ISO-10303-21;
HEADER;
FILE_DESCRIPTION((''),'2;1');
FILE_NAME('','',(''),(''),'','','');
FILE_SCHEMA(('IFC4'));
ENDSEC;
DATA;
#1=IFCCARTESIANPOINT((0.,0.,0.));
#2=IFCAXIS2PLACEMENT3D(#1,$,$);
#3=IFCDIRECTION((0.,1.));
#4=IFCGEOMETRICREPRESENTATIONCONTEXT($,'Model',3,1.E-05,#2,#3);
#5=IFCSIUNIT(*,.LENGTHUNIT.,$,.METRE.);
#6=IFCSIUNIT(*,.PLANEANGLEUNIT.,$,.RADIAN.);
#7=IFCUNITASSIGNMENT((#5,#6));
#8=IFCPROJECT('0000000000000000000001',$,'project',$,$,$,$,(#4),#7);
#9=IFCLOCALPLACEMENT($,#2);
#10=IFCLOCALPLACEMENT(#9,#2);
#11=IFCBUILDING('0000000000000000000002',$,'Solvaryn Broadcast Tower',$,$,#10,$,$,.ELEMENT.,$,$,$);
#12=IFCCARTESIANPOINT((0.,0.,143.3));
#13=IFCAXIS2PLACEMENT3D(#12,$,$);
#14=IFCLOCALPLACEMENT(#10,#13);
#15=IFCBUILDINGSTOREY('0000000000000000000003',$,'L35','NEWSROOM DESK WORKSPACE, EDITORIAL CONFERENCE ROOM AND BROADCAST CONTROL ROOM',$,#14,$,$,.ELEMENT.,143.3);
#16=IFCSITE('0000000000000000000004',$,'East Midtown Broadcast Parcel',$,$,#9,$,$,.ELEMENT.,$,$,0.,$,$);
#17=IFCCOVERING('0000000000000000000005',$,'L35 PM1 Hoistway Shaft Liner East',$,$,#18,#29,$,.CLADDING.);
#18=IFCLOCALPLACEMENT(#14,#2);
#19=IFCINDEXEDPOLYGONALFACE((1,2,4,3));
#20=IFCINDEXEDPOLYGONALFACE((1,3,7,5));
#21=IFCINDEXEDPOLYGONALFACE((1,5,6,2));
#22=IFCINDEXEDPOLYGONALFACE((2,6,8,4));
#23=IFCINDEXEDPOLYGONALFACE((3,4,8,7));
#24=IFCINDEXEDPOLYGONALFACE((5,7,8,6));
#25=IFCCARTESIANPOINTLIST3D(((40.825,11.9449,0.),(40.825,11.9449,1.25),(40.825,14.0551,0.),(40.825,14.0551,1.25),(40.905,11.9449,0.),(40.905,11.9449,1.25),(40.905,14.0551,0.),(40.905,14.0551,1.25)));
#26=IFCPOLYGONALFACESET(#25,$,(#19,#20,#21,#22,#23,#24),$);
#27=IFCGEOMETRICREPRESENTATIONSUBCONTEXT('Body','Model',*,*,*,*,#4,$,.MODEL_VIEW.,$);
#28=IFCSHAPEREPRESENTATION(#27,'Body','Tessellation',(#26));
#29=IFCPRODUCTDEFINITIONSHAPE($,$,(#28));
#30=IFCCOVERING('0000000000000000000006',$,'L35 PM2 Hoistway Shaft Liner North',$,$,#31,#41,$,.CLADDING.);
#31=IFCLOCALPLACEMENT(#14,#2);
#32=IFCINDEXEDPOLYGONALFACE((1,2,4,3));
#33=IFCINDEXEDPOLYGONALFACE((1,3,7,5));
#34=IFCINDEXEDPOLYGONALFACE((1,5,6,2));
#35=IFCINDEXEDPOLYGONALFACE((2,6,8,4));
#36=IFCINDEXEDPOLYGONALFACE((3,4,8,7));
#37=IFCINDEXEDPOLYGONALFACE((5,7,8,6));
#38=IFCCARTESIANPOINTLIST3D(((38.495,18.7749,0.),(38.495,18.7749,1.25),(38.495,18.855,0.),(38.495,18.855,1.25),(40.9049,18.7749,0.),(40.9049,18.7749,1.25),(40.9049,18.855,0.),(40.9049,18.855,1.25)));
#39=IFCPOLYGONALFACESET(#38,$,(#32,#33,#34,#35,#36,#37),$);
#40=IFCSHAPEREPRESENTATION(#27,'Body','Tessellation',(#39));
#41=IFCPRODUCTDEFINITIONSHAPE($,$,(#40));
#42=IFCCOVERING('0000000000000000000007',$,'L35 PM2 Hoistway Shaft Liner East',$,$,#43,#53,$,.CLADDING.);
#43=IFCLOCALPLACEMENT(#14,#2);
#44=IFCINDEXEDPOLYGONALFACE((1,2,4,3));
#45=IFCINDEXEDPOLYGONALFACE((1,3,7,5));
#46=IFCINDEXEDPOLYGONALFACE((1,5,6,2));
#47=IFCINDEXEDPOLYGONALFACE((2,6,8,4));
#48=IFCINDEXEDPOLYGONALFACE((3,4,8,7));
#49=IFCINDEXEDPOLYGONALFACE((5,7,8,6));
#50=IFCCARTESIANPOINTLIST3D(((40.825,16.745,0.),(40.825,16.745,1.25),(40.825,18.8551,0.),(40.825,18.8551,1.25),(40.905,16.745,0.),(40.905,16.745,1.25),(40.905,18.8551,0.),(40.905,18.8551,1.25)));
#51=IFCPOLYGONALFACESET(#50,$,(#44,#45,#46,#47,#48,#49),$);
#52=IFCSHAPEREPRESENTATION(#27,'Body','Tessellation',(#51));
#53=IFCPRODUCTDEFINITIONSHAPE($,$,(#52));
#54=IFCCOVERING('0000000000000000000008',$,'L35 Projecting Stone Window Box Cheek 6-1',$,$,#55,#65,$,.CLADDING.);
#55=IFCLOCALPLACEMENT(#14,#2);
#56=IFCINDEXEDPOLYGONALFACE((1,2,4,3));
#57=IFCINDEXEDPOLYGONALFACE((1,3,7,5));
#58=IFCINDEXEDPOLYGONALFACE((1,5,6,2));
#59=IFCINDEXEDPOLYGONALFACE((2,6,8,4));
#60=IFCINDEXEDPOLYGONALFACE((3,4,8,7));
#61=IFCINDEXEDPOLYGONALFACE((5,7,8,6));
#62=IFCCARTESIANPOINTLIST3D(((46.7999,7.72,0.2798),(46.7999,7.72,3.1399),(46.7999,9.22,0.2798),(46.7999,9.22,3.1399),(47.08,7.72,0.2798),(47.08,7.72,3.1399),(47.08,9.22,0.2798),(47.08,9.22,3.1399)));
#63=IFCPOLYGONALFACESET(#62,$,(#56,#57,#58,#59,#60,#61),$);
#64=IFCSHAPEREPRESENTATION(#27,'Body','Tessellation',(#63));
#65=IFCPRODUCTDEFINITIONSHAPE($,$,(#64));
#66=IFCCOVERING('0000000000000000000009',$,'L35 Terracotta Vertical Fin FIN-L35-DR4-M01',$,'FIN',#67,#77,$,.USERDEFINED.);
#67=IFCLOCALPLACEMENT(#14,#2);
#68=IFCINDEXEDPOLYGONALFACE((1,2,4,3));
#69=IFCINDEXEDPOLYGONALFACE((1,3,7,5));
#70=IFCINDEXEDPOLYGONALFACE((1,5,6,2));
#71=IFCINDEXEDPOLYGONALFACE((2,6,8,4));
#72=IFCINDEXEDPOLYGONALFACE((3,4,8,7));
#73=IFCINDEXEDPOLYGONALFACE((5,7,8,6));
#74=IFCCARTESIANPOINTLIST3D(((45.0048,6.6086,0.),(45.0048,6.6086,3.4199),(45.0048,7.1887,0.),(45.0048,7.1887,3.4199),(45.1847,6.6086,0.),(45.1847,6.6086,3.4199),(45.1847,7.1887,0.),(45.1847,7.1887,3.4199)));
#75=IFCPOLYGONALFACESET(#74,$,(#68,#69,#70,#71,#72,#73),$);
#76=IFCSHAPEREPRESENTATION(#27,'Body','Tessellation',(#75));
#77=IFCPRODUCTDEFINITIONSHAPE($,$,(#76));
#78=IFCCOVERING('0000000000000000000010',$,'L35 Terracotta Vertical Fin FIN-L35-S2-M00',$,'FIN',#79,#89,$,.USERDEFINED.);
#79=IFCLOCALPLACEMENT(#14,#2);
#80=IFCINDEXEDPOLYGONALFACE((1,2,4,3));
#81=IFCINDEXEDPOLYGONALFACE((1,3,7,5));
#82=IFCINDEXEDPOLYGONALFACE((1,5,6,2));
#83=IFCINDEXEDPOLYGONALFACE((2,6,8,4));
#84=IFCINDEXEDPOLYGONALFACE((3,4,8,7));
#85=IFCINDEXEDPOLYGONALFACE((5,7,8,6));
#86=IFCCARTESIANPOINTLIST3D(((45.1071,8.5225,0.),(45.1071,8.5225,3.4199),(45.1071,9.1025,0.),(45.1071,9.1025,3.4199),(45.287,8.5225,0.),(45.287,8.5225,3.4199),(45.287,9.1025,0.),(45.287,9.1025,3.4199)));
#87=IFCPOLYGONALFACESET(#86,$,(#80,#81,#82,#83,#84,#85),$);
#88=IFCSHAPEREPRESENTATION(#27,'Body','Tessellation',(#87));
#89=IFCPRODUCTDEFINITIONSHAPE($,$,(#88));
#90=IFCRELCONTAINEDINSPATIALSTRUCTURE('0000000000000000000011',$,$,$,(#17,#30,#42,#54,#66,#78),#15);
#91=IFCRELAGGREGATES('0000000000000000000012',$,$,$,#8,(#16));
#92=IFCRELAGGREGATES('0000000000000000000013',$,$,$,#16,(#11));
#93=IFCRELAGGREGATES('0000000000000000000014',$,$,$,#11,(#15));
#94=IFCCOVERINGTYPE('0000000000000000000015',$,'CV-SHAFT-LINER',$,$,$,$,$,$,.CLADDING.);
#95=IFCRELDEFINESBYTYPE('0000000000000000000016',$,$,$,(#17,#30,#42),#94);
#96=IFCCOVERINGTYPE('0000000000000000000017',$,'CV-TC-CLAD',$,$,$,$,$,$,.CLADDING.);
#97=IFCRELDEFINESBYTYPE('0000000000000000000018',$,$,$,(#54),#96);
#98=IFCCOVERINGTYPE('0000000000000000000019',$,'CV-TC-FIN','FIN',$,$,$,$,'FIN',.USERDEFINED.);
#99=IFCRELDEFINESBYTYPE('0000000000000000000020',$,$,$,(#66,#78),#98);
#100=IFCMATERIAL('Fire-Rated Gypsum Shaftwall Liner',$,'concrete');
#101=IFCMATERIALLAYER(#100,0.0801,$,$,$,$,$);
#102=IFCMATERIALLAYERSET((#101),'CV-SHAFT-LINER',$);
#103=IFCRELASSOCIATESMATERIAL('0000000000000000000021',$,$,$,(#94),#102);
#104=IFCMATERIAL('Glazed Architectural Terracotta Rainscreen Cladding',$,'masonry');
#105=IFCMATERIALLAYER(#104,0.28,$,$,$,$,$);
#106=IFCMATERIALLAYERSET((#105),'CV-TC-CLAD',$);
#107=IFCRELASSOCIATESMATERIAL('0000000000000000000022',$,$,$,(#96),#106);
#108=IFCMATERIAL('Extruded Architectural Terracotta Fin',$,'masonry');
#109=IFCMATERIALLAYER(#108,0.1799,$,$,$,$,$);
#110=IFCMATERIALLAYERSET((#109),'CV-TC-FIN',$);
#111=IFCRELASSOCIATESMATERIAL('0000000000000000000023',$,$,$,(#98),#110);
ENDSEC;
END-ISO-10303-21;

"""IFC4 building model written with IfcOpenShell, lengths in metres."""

from ifc_helpers import new_model, si_unit, direction, frame, origin, origin_2d, place, context, subcontext, project, spatial, rectangle, extrude, material, layer, layer_set, type_object, element, save


model = new_model("IFC4")

# Units and contexts
model_context = context("Model", 3, precision=1e-05, world=origin(), true_north=direction((0.0, 1.0)))
body_context = subcontext(model_context, "Body", "Model", "MODEL_VIEW")
ifc_project = project(units=[si_unit("LENGTHUNIT", "METRE"), si_unit("PLANEANGLEUNIT", "RADIAN")], contexts=[model_context])

# Site, building, storey
site_placement = place(None, origin())
site = spatial("IfcSite", under=ifc_project, at=site_placement, Name="East Midtown Broadcast Parcel", CompositionType="ELEMENT", RefElevation=0.0)
building_placement = place(site_placement, origin())
building = spatial("IfcBuilding", under=site, at=building_placement, Name="Solvaryn Broadcast Tower", CompositionType="ELEMENT")
storey_placement = place(building_placement, frame((0.0, 0.0, 143.3)))
storey = spatial("IfcBuildingStorey", under=building, at=storey_placement, Name="L35", Description="NEWSROOM DESK WORKSPACE, EDITORIAL CONFERENCE ROOM AND BROADCAST CONTROL ROOM", CompositionType="ELEMENT", Elevation=143.3)

# Coverings
ifc_material_1 = material(Name="Fire-Rated Gypsum Shaftwall Liner", Category="concrete")
ifc_layer_1 = layer(ifc_material_1, 0.0801)
ifc_layer_set_1 = layer_set([ifc_layer_1], Name="CV-SHAFT-LINER")
covering_type_1 = type_object("IfcCoveringType", Name="CV-SHAFT-LINER", PredefinedType="CLADDING", material=ifc_layer_set_1)
covering_1_placement = place(storey_placement, frame((40.865, 13.0, 0.0), z_axis=(0.0, 0.0, 1.0), x_axis=(1.0, 0.0, 0.0)))
element("IfcCovering", 1, at=covering_1_placement, inside=storey, type_object=covering_type_1, Name="L35 PM1 Hoistway Shaft Liner East", PredefinedType="CLADDING", context=body_context, shape_type="SweptSolid", body=[
    extrude(rectangle(XDim=0.0801, YDim=2.1101, at=origin_2d()), origin(), (0.0, 0.0, 1.0), 1.25),
])
covering_2_placement = place(storey_placement, frame((39.7, 18.8149, 0.0), z_axis=(0.0, 0.0, 1.0), x_axis=(1.0, 0.0, 0.0)))
element("IfcCovering", 2, at=covering_2_placement, inside=storey, type_object=covering_type_1, Name="L35 PM2 Hoistway Shaft Liner North", PredefinedType="CLADDING", context=body_context, shape_type="SweptSolid", body=[
    extrude(rectangle(XDim=2.4099, YDim=0.0801, at=origin_2d()), origin(), (0.0, 0.0, 1.0), 1.25),
])
covering_3_placement = place(storey_placement, frame((40.865, 17.8, 0.0), z_axis=(0.0, 0.0, 1.0), x_axis=(1.0, 0.0, 0.0)))
element("IfcCovering", 3, at=covering_3_placement, inside=storey, type_object=covering_type_1, Name="L35 PM2 Hoistway Shaft Liner East", PredefinedType="CLADDING", context=body_context, shape_type="SweptSolid", body=[
    extrude(rectangle(XDim=0.0801, YDim=2.1101, at=origin_2d()), origin(), (0.0, 0.0, 1.0), 1.25),
])
ifc_material_2 = material(Name="Glazed Architectural Terracotta Rainscreen Cladding", Category="masonry")
ifc_layer_2 = layer(ifc_material_2, 0.28)
ifc_layer_set_2 = layer_set([ifc_layer_2], Name="CV-TC-CLAD")
covering_type_2 = type_object("IfcCoveringType", Name="CV-TC-CLAD", PredefinedType="CLADDING", material=ifc_layer_set_2)
covering_4_placement = place(storey_placement, frame((46.9399, 8.47, 0.2798), z_axis=(0.0, 0.0, 1.0), x_axis=(1.0, 0.0, 0.0)))
element("IfcCovering", 4, at=covering_4_placement, inside=storey, type_object=covering_type_2, Name="L35 Projecting Stone Window Box Cheek 6-1", PredefinedType="CLADDING", context=body_context, shape_type="SweptSolid", body=[
    extrude(rectangle(XDim=0.28, YDim=1.5, at=origin_2d()), origin(), (0.0, 0.0, 1.0), 2.8601),
])
ifc_material_3 = material(Name="Extruded Architectural Terracotta Fin", Category="masonry")
ifc_layer_3 = layer(ifc_material_3, 0.1799)
ifc_layer_set_3 = layer_set([ifc_layer_3], Name="CV-TC-FIN")
covering_type_3 = type_object("IfcCoveringType", Name="CV-TC-FIN", Description="FIN", ElementType="FIN", PredefinedType="USERDEFINED", material=ifc_layer_set_3)
for number, where, z_axis, x_axis, name in (
    (5, (45.0947, 6.8987, 0.0), (0.0, 0.0, 1.0), (1.0, 0.0, 0.0), "L35 Terracotta Vertical Fin FIN-L35-DR4-M01"),
    (6, (45.197, 8.8125, 0.0), (0.0, 0.0, 1.0), (1.0, 0.0, 0.0), "L35 Terracotta Vertical Fin FIN-L35-S2-M00"),
):
    element("IfcCovering", number, at=place(storey_placement, frame(where, z_axis=z_axis, x_axis=x_axis)), inside=storey, type_object=covering_type_3, Name=name, ObjectType="FIN", PredefinedType="USERDEFINED", context=body_context, shape_type="SweptSolid", body=[
        extrude(rectangle(XDim=0.1799, YDim=0.5801, at=origin_2d()), origin(), (0.0, 0.0, 1.0), 3.4199),
    ])

save(model, "model.ifc")
